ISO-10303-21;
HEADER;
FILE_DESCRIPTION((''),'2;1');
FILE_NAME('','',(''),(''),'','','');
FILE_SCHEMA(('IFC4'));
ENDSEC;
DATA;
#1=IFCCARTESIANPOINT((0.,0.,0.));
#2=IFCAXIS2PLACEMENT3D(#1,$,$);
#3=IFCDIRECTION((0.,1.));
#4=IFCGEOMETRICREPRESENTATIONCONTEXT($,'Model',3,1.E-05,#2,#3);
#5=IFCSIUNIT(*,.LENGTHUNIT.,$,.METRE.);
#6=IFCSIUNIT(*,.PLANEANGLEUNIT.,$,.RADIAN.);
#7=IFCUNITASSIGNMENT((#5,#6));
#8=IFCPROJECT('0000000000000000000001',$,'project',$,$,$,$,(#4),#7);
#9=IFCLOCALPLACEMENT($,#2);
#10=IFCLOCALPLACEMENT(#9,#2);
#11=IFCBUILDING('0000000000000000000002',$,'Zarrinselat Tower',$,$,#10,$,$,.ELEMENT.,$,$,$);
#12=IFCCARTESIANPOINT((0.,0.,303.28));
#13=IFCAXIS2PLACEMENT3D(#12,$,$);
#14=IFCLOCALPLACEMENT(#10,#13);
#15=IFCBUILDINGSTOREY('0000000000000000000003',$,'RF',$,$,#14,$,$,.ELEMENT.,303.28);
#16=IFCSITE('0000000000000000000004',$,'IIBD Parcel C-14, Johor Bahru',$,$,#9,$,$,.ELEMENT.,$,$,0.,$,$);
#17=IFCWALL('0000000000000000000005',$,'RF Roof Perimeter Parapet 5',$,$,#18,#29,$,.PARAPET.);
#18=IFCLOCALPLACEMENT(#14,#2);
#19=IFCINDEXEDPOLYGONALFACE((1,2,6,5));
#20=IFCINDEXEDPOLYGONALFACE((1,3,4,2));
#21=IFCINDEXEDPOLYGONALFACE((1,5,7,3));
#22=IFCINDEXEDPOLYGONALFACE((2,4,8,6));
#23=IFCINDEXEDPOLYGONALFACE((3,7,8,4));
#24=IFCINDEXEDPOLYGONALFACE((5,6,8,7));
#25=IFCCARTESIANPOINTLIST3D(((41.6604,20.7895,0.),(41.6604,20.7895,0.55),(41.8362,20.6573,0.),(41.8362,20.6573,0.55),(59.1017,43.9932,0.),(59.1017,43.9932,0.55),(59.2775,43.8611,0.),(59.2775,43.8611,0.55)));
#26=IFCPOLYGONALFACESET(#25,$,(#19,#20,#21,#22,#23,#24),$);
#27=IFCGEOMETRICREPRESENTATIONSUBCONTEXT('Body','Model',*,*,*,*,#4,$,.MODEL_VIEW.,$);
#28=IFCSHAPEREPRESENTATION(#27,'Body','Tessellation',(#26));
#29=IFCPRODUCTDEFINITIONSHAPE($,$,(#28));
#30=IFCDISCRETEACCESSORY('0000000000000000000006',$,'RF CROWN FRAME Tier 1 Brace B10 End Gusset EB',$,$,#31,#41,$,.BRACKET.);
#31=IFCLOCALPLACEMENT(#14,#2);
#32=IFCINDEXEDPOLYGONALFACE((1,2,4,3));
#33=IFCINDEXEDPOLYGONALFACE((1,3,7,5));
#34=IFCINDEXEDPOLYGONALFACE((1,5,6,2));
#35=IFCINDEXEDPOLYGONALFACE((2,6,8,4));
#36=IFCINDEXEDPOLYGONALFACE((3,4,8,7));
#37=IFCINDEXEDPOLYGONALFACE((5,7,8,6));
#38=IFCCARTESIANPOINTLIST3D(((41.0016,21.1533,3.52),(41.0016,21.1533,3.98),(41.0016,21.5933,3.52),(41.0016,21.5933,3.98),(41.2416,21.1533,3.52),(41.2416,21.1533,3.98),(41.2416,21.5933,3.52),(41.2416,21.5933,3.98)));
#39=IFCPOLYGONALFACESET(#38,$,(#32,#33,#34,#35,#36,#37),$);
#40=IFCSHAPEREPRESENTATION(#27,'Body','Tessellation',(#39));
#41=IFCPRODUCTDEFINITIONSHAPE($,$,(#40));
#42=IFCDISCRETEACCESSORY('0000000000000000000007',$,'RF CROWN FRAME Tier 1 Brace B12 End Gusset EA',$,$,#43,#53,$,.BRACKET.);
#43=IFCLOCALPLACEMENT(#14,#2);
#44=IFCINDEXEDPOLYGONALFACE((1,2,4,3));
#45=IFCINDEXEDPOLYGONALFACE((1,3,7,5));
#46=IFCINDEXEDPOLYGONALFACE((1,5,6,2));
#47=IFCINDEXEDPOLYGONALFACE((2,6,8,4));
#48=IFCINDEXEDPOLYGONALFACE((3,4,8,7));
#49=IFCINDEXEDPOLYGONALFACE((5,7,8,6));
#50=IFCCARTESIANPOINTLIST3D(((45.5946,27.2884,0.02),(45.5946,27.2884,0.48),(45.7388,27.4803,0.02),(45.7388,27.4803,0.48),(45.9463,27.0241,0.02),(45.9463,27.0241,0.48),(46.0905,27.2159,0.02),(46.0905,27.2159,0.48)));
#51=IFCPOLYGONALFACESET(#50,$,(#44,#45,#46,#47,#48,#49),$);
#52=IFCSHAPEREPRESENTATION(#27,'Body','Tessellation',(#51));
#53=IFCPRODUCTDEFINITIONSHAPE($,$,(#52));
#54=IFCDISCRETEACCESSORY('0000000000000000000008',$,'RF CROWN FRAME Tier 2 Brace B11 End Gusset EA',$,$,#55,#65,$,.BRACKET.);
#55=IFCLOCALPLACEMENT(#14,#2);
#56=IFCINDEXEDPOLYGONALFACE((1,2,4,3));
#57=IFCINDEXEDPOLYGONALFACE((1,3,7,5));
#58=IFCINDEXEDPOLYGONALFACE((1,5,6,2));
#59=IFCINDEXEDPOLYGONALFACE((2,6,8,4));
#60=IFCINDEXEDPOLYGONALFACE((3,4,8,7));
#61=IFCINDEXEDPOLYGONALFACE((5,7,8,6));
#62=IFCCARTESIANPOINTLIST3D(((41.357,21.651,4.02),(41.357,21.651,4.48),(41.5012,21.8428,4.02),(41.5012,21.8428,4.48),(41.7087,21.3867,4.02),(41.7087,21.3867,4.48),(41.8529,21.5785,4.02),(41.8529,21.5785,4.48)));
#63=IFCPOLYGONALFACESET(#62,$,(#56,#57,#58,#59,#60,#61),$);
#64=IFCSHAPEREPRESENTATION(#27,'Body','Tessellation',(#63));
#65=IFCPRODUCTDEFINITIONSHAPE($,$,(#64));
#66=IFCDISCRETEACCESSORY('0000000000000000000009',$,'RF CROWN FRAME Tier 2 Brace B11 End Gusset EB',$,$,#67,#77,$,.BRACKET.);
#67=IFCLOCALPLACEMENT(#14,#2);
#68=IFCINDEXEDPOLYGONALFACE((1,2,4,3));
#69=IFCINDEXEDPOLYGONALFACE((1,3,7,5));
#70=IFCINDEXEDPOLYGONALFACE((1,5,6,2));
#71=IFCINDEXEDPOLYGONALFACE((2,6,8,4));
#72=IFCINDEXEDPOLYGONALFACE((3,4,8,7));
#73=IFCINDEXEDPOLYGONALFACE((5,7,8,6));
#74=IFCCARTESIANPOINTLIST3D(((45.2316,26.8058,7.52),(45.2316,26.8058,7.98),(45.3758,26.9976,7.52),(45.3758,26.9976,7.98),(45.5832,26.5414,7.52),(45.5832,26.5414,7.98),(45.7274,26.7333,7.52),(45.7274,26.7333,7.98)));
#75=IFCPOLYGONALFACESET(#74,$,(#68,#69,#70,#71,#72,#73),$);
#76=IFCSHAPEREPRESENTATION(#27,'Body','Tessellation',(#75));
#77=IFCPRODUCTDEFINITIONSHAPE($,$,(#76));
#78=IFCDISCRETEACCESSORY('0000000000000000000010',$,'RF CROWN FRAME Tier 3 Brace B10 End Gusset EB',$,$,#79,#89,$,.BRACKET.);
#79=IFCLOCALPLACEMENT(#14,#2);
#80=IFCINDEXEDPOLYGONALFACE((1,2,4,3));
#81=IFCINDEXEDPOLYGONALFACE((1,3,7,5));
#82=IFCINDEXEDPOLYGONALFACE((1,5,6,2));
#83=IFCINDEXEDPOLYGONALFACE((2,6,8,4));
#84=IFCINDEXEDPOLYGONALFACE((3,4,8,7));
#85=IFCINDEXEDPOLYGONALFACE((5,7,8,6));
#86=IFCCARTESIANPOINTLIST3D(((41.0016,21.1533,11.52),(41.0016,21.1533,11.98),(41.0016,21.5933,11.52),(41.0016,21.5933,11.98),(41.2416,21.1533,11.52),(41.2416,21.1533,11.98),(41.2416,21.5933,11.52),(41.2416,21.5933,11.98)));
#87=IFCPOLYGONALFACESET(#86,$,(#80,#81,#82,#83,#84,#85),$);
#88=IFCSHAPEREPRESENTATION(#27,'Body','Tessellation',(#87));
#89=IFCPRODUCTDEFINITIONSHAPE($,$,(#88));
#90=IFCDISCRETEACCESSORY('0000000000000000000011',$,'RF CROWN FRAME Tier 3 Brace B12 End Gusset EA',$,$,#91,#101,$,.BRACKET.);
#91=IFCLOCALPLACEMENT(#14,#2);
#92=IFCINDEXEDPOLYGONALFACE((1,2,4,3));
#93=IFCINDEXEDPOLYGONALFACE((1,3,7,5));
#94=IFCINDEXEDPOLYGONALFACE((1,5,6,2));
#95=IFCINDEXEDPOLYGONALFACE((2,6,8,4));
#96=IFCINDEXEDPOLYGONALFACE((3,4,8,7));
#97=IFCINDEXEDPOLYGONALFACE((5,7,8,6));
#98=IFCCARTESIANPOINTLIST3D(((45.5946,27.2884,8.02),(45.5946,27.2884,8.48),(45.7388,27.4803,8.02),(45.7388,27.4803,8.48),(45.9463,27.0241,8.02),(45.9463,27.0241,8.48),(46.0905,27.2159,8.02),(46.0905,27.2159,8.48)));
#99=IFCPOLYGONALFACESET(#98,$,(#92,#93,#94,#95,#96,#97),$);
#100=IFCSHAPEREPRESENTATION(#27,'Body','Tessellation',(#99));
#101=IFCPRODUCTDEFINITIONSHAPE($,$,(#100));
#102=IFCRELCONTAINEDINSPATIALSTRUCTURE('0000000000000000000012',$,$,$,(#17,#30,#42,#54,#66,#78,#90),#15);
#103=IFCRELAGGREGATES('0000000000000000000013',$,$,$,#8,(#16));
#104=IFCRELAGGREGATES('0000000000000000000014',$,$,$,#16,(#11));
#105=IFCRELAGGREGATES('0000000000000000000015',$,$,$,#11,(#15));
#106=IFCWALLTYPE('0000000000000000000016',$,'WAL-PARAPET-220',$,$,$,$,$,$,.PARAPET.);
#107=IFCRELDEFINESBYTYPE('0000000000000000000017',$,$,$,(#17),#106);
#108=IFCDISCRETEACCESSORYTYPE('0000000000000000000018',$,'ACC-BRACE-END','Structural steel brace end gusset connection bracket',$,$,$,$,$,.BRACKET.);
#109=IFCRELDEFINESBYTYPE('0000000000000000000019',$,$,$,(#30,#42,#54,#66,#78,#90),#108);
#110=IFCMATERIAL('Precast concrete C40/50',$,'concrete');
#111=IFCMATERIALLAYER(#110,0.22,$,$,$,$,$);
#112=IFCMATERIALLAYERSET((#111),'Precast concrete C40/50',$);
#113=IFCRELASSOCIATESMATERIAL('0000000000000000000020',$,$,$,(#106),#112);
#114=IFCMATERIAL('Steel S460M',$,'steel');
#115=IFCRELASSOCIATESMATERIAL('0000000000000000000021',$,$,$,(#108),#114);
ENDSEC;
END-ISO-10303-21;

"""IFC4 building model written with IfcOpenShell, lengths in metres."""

from ifc_helpers import new_model, si_unit, direction, frame, frame_2d, origin, origin_2d, place, context, subcontext, project, spatial, rectangle, extrude, material, layer, layer_set, type_object, element, save


model = new_model("IFC4")

# Units and contexts
model_context = context("Model", 3, precision=1e-05, world=origin(), true_north=direction((0.0, 1.0)))
body_context = subcontext(model_context, "Body", "Model", "MODEL_VIEW")
ifc_project = project(units=[si_unit("LENGTHUNIT", "METRE"), si_unit("PLANEANGLEUNIT", "RADIAN")], contexts=[model_context])

# Site, building, storey
site_placement = place(None, origin())
site = spatial("IfcSite", under=ifc_project, at=site_placement, Name="IIBD Parcel C-14, Johor Bahru", CompositionType="ELEMENT", RefElevation=0.0)
building_placement = place(site_placement, origin())
building = spatial("IfcBuilding", under=site, at=building_placement, Name="Zarrinselat Tower", CompositionType="ELEMENT")
storey_placement = place(building_placement, frame((0.0, 0.0, 303.28)))
storey = spatial("IfcBuildingStorey", under=building, at=storey_placement, Name="RF", CompositionType="ELEMENT", Elevation=303.28)

# Wall
ifc_material_1 = material(Name="Precast concrete C40/50", Category="concrete")
ifc_layer_1 = layer(ifc_material_1, 0.22)
ifc_layer_set_1 = layer_set([ifc_layer_1], Name="Precast concrete C40/50")
wall_type = type_object("IfcWallType", Name="WAL-PARAPET-220", PredefinedType="PARAPET", material=ifc_layer_set_1)
wall_placement = place(storey_placement, frame((41.7483, 20.7234, 0.0), z_axis=(0.0, 0.0, 1.0), x_axis=(0.600849, 0.799363, 0.0)))
element("IfcWall", 1, at=wall_placement, inside=storey, type_object=wall_type, Name="RF Roof Perimeter Parapet 5", PredefinedType="PARAPET", context=body_context, shape_type="SweptSolid", body=[
    extrude(rectangle(XDim=29.0278, YDim=0.22, at=frame_2d((14.5139, 0.0))), origin(), (0.0, 0.0, 1.0), 0.55),
])

# Discrete accessories
ifc_material_2 = material(Name="Steel S460M", Category="steel")
discrete_accessory_type = type_object("IfcDiscreteAccessoryType", Name="ACC-BRACE-END", Description="Structural steel brace end gusset connection bracket", PredefinedType="BRACKET", material=ifc_material_2)
for number, where, z_axis, x_axis, name in (
    (2, (41.1216, 21.3733, 3.52), (0.0, 0.0, 1.0), (1.0, 0.0, 0.0), "RF CROWN FRAME Tier 1 Brace B10 End Gusset EB"),
    (3, (45.8425, 27.2522, 0.02), (0.0, 0.0, 1.0), (0.600853, 0.79936, 0.0), "RF CROWN FRAME Tier 1 Brace B12 End Gusset EA"),
    (4, (41.605, 21.6147, 4.02), (0.0, 0.0, 1.0), (0.600844, 0.799367, 0.0), "RF CROWN FRAME Tier 2 Brace B11 End Gusset EA"),
    (5, (45.4795, 26.7695, 7.52), (0.0, 0.0, 1.0), (0.600844, 0.799367, 0.0), "RF CROWN FRAME Tier 2 Brace B11 End Gusset EB"),
    (6, (41.1216, 21.3733, 11.52), (0.0, 0.0, 1.0), (1.0, 0.0, 0.0), "RF CROWN FRAME Tier 3 Brace B10 End Gusset EB"),
    (7, (45.8425, 27.2522, 8.02), (0.0, 0.0, 1.0), (0.600853, 0.79936, 0.0), "RF CROWN FRAME Tier 3 Brace B12 End Gusset EA"),
):
    element("IfcDiscreteAccessory", number, at=place(storey_placement, frame(where, z_axis=z_axis, x_axis=x_axis)), inside=storey, type_object=discrete_accessory_type, Name=name, PredefinedType="BRACKET", context=body_context, shape_type="SweptSolid", body=[
        extrude(rectangle(XDim=0.24, YDim=0.4399, at=origin_2d()), origin(), (0.0, 0.0, 1.0), 0.46),
    ])

save(model, "model.ifc")
